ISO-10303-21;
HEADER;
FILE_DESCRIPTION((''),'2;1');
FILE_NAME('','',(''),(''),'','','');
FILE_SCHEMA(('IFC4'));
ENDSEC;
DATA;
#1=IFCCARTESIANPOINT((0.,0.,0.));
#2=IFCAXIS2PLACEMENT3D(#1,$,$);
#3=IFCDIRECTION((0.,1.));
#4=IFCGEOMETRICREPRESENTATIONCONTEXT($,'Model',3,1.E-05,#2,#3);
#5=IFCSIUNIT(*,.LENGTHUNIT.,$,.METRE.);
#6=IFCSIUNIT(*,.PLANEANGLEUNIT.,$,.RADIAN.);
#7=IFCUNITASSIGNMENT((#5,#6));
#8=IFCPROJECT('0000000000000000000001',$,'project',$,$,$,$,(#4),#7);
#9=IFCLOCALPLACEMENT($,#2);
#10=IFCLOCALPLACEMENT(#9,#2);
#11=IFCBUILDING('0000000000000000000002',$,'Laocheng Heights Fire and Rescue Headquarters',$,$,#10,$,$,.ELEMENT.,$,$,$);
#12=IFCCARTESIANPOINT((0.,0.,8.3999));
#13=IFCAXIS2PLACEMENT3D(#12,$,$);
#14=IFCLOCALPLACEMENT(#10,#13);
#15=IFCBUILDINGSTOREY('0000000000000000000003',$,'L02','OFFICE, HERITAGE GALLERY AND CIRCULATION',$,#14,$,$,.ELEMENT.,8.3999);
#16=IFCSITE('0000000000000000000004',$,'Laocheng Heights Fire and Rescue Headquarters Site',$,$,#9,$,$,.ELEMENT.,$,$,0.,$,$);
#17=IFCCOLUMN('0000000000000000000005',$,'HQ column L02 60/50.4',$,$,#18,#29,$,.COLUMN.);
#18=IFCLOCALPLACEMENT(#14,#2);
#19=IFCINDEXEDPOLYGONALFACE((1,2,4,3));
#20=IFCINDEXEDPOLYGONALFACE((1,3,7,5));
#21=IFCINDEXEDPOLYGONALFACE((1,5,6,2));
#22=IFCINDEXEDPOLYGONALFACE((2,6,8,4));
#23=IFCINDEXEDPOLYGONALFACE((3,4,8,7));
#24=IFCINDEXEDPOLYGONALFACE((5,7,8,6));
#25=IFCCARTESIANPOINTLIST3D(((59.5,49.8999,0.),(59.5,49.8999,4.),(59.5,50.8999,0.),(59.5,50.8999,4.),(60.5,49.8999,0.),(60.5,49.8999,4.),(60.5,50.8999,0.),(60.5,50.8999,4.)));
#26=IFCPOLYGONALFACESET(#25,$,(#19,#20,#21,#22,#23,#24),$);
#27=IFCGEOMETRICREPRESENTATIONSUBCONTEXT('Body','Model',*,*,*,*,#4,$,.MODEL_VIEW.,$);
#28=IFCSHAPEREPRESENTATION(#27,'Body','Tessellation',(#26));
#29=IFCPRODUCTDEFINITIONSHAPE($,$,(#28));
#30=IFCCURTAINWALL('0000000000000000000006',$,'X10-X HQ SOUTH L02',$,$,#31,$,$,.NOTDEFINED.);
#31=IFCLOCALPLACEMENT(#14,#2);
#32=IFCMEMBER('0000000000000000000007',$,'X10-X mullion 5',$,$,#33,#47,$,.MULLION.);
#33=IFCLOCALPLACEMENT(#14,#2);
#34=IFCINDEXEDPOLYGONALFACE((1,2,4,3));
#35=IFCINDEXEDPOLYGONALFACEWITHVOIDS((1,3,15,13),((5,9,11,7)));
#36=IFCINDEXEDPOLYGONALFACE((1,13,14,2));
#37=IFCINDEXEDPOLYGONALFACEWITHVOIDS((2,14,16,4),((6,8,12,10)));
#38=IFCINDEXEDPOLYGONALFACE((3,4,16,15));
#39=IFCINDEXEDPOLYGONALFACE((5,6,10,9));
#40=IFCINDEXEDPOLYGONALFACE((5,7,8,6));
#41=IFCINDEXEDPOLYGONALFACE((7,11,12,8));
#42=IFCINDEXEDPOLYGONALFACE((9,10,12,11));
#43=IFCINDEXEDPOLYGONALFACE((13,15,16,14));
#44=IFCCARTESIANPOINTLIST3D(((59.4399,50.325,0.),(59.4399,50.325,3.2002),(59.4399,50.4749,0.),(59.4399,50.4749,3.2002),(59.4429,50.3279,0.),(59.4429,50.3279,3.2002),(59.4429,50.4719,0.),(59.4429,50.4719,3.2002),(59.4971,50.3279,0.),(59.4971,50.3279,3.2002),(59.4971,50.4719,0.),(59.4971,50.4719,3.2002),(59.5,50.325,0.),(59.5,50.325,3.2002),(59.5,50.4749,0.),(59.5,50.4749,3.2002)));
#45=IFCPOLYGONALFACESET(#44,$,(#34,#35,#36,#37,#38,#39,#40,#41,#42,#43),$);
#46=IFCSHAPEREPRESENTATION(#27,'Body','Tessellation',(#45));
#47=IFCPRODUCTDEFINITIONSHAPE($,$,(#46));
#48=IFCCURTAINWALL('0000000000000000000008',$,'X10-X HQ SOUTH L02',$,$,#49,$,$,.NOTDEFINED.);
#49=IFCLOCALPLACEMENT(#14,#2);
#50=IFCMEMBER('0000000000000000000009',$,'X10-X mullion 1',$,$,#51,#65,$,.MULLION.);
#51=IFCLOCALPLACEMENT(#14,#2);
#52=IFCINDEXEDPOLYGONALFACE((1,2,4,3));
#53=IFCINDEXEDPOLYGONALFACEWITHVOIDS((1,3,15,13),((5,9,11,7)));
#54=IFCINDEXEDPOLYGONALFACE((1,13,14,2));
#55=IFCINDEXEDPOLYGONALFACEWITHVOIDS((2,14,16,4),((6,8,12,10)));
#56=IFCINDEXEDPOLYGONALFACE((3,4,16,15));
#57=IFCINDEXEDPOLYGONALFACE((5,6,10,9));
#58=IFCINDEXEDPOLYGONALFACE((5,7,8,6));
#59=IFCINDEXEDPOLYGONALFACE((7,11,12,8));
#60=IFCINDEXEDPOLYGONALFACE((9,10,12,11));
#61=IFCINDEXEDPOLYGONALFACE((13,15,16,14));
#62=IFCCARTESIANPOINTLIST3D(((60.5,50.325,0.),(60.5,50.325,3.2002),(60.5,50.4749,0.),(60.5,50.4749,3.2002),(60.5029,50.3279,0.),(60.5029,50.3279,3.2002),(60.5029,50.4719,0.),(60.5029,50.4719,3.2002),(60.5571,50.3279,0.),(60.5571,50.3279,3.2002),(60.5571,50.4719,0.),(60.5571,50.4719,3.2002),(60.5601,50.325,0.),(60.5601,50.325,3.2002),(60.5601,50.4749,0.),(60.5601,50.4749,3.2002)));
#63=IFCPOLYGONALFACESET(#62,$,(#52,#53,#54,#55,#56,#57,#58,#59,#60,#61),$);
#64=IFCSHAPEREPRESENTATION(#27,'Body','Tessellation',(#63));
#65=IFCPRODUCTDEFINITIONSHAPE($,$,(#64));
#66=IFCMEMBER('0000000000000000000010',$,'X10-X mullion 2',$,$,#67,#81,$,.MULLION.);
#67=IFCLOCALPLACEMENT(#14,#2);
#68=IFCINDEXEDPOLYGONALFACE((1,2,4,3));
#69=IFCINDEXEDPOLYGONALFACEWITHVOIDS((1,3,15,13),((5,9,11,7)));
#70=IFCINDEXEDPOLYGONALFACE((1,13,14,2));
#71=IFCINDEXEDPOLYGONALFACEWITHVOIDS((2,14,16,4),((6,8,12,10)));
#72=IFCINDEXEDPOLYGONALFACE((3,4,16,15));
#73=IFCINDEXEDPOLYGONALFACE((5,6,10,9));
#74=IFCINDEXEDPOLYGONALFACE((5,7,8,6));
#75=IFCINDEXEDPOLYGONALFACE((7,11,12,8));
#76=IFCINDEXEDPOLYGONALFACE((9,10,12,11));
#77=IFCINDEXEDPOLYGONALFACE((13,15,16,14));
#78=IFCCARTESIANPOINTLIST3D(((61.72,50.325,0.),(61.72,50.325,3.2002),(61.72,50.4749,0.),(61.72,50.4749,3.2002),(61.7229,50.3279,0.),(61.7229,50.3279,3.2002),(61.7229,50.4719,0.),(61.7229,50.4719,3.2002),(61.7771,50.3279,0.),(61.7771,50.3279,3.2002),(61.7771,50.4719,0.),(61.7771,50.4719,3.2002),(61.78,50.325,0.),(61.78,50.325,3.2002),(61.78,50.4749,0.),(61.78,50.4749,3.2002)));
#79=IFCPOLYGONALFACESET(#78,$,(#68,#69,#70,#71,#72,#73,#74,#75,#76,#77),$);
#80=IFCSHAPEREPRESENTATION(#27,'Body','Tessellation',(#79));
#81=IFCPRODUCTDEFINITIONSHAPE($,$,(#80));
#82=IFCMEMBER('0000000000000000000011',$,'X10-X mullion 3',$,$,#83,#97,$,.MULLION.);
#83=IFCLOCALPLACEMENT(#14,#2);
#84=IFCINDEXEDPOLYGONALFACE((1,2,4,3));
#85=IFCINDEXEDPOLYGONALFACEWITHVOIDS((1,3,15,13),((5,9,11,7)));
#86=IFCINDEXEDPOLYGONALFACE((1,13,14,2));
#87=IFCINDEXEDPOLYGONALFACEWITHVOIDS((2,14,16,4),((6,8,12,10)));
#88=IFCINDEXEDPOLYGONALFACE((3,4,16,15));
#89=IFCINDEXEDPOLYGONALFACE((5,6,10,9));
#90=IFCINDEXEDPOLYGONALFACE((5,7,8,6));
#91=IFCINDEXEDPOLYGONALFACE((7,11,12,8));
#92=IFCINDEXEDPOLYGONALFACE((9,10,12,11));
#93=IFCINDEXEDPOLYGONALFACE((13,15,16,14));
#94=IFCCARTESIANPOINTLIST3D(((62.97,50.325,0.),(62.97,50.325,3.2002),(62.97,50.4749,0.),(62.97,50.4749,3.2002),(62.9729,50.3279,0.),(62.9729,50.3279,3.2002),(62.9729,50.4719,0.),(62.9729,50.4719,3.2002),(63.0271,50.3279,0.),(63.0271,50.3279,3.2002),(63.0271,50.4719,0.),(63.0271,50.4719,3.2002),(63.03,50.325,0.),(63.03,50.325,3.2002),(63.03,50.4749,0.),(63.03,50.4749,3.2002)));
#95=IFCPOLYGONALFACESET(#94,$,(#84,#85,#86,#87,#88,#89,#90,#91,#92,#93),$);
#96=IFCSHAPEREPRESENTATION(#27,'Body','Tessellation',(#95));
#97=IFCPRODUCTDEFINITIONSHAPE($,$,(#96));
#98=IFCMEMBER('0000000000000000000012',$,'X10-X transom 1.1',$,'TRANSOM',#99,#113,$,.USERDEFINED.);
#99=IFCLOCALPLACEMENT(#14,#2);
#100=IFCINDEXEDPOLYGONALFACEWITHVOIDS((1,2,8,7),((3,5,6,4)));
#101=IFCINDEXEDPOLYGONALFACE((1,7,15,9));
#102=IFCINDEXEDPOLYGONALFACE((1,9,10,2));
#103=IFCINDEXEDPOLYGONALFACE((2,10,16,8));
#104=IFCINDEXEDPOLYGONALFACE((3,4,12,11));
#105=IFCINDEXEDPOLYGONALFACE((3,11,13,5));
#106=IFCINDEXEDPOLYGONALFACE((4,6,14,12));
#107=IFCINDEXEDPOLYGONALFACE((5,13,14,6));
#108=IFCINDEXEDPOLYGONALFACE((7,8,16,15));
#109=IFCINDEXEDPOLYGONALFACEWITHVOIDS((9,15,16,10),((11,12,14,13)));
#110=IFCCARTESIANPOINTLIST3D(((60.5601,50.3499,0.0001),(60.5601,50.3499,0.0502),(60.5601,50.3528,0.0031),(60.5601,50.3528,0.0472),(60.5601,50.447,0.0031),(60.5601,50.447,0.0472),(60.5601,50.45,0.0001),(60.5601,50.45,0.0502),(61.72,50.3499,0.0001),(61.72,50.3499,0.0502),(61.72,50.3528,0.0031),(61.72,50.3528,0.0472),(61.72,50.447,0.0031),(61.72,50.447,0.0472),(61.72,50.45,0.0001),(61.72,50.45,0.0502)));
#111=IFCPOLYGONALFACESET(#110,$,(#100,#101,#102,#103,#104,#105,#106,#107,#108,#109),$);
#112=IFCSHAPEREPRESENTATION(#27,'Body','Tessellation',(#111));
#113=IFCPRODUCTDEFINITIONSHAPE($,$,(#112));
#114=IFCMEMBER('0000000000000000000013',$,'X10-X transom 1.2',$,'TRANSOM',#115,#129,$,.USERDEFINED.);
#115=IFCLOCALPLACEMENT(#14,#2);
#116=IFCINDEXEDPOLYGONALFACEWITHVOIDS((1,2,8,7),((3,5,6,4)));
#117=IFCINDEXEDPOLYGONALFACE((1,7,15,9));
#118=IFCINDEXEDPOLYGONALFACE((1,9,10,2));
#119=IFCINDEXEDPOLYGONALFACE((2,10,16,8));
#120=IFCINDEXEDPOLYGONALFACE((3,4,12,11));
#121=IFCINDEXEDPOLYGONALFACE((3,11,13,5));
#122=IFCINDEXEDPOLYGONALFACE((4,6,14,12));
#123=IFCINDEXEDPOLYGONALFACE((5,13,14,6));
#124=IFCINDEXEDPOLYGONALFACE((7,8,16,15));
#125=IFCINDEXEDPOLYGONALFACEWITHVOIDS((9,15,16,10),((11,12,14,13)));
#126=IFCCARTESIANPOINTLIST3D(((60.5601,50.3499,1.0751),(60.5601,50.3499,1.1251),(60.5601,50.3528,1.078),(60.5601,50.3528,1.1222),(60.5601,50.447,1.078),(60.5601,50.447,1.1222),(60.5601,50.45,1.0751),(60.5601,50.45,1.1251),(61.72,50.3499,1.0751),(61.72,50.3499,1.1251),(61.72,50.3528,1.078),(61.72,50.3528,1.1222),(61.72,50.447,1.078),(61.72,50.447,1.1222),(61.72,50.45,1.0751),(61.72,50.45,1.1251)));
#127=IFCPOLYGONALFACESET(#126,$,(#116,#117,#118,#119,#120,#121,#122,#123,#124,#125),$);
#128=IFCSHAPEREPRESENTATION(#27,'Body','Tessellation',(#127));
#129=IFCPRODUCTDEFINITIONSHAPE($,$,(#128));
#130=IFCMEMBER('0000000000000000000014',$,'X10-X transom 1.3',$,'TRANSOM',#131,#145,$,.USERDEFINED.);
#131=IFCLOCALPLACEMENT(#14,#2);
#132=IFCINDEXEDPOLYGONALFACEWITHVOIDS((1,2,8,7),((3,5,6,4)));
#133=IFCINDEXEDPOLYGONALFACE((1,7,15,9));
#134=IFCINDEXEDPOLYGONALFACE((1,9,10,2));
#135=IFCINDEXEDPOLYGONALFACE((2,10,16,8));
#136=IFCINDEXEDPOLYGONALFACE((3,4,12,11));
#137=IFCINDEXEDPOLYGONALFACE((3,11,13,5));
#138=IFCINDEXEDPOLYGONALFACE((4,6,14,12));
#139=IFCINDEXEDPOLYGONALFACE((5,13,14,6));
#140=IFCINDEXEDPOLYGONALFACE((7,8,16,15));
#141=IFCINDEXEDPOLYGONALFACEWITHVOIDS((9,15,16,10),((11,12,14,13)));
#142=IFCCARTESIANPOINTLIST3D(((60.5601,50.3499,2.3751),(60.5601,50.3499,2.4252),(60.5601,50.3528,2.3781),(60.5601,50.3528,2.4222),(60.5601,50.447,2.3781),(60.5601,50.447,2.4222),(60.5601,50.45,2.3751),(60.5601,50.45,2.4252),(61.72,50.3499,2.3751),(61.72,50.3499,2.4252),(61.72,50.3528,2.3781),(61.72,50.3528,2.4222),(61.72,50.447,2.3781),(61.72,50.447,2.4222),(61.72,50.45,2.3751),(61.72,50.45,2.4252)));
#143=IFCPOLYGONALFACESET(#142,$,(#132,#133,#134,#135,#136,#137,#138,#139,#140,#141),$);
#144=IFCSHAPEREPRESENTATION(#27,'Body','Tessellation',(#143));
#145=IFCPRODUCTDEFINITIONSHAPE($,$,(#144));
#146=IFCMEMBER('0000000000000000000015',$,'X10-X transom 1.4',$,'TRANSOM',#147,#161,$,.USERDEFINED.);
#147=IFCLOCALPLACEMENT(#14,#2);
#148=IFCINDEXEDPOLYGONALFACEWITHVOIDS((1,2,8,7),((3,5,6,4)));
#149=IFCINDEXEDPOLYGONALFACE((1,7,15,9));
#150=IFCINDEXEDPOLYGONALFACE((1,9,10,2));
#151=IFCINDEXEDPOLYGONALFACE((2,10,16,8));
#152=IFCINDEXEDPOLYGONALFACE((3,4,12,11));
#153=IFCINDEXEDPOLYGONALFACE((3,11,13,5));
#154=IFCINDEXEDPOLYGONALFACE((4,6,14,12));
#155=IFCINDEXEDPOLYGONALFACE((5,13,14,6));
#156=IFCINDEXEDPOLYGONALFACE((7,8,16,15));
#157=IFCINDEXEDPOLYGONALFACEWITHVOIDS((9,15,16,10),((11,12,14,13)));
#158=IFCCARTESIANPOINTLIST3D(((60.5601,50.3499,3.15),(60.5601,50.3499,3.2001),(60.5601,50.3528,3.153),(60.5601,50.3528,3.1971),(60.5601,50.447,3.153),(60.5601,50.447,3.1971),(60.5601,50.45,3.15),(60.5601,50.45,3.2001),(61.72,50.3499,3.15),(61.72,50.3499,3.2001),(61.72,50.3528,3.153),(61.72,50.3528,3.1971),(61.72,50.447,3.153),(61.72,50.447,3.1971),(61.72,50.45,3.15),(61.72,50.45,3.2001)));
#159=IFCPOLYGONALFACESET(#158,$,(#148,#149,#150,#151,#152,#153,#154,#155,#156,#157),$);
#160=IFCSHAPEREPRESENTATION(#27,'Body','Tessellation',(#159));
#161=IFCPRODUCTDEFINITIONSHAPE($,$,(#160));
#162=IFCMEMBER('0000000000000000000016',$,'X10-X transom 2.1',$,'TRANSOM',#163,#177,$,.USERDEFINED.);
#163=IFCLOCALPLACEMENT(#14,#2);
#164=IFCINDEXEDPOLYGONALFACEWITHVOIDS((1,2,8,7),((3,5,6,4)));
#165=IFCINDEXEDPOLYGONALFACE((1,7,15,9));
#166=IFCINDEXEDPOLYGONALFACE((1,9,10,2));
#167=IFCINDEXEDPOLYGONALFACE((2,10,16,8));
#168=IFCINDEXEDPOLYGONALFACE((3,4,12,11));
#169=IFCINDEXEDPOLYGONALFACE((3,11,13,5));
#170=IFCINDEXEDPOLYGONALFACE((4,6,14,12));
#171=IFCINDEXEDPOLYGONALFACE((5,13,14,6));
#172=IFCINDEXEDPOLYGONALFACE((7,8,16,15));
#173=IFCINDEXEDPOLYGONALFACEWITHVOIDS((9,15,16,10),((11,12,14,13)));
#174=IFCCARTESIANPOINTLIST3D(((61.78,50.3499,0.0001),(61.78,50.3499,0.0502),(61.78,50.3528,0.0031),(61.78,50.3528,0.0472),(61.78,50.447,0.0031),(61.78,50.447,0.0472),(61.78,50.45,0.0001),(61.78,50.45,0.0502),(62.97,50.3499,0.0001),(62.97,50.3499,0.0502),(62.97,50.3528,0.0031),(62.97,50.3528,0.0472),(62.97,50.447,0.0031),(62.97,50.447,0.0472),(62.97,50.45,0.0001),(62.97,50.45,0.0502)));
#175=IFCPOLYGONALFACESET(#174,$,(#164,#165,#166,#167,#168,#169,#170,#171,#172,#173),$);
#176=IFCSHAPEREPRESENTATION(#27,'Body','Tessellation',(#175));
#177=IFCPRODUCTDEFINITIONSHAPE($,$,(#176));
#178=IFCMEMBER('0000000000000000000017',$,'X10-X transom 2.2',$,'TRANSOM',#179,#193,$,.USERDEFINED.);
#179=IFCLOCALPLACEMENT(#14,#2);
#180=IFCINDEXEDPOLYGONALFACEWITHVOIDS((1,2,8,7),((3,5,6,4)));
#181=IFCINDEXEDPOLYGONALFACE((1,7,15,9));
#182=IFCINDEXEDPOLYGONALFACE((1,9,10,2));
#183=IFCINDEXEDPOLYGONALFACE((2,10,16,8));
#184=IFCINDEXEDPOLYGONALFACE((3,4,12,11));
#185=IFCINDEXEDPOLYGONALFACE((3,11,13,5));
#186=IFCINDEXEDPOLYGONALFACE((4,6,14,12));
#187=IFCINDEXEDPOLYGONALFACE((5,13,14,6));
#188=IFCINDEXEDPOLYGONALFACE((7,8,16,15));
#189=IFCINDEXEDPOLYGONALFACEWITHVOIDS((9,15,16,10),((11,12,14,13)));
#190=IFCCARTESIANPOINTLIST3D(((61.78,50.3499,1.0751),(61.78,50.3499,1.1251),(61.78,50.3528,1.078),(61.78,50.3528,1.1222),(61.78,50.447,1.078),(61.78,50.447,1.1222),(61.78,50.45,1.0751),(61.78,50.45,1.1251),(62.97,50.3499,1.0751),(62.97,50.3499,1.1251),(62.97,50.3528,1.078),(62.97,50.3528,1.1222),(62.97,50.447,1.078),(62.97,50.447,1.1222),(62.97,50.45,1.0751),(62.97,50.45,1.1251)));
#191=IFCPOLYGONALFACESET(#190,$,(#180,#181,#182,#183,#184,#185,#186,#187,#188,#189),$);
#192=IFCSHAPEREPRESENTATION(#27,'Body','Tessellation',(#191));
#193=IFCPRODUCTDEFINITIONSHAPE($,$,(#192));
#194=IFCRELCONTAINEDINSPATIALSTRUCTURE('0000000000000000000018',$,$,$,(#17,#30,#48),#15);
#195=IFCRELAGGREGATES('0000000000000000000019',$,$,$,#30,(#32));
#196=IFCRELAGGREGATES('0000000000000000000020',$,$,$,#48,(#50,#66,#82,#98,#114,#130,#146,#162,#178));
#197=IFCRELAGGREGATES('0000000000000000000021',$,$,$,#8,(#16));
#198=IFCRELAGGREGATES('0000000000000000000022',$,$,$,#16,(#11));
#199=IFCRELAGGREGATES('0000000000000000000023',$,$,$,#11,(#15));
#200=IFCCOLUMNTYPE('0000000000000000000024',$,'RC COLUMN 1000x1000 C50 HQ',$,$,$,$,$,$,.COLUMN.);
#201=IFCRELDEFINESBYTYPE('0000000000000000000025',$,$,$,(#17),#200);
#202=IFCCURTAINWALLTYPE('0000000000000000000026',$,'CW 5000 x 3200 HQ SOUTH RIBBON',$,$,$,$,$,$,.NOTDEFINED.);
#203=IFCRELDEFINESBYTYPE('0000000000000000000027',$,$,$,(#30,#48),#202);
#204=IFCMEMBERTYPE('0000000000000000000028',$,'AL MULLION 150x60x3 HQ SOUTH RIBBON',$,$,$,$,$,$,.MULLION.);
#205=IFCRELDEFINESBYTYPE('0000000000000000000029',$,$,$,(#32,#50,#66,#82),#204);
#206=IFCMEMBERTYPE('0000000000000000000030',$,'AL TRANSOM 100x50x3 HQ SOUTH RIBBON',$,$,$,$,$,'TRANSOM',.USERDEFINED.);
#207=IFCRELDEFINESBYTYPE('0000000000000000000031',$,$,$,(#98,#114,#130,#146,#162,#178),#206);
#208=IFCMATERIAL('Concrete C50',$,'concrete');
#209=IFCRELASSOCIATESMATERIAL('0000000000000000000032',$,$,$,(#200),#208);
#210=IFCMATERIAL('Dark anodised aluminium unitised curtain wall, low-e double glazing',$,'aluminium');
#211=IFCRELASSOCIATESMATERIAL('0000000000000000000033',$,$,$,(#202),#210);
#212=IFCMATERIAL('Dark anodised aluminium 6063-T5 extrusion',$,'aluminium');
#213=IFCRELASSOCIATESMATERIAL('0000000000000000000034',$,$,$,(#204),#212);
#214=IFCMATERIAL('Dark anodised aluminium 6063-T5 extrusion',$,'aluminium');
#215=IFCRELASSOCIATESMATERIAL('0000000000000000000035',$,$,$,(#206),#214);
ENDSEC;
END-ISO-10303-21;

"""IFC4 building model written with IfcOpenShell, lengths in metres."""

from ifc_helpers import new_model, si_unit, direction, frame, origin, origin_2d, place, context, subcontext, project, spatial, rectangle, hollow_rectangle, extrude, material, material_profile, profile_set, type_object, element, aggregate, save


model = new_model("IFC4")

# Units and contexts
model_context = context("Model", 3, precision=1e-05, world=origin(), true_north=direction((0.0, 1.0)))
body_context = subcontext(model_context, "Body", "Model", "MODEL_VIEW")
ifc_project = project(units=[si_unit("LENGTHUNIT", "METRE"), si_unit("PLANEANGLEUNIT", "RADIAN")], contexts=[model_context])

# Site, building, storey
site_placement = place(None, origin())
site = spatial("IfcSite", under=ifc_project, at=site_placement, Name="Laocheng Heights Fire and Rescue Headquarters Site", CompositionType="ELEMENT", RefElevation=0.0)
building_placement = place(site_placement, origin())
building = spatial("IfcBuilding", under=site, at=building_placement, Name="Laocheng Heights Fire and Rescue Headquarters", CompositionType="ELEMENT")
storey_placement = place(building_placement, frame((0.0, 0.0, 8.3999)))
storey = spatial("IfcBuildingStorey", under=building, at=storey_placement, Name="L02", Description="OFFICE, HERITAGE GALLERY AND CIRCULATION", CompositionType="ELEMENT", Elevation=8.3999)

# Column
ifc_material_1 = material(Name="Concrete C50", Category="concrete")
ifc_material_profile_1 = material_profile(ifc_material_1, rectangle(XDim=1.0, YDim=1.0, at=origin_2d()), Name="RC COLUMN 1000x1000 C50 HQ")
ifc_profile_set_1 = profile_set([ifc_material_profile_1], Name="Concrete C50")
column_type = type_object("IfcColumnType", Name="RC COLUMN 1000x1000 C50 HQ", PredefinedType="COLUMN", material=ifc_profile_set_1)
column_placement = place(storey_placement, frame((60.0, 50.3999, 0.0), z_axis=(0.0, 0.0, 1.0), x_axis=(1.0, 0.0, 0.0)))
element("IfcColumn", 1, at=column_placement, inside=storey, type_object=column_type, Name="HQ column L02 60/50.4", PredefinedType="COLUMN", context=body_context, shape_type="SweptSolid", body=[
    extrude(rectangle(XDim=1.0, YDim=1.0, at=origin_2d()), origin(), (0.0, 0.0, 1.0), 4.0),
])

# Curtain wall, member
ifc_material_2 = material(Name="Dark anodised aluminium unitised curtain wall, low-e double glazing", Category="aluminium")
curtain_wall_type = type_object("IfcCurtainWallType", Name="CW 5000 x 3200 HQ SOUTH RIBBON", PredefinedType="NOTDEFINED", material=ifc_material_2)
curtain_wall_1_placement = place(storey_placement, origin())
curtain_wall_1 = element("IfcCurtainWall", 2, at=curtain_wall_1_placement, inside=storey, type_object=curtain_wall_type, Name="X10-X HQ SOUTH L02", PredefinedType="NOTDEFINED")
ifc_material_3 = material(Name="Dark anodised aluminium 6063-T5 extrusion", Category="aluminium")
ifc_material_profile_2 = material_profile(ifc_material_3, hollow_rectangle(XDim=0.1499, YDim=0.0601, WallThickness=0.0029, at=origin_2d()), Name="AL MULLION 150x60x3 HQ SOUTH RIBBON")
ifc_profile_set_2 = profile_set([ifc_material_profile_2], Name="Dark anodised aluminium 6063-T5 extrusion")
member_type_1 = type_object("IfcMemberType", Name="AL MULLION 150x60x3 HQ SOUTH RIBBON", PredefinedType="MULLION", material=ifc_profile_set_2)
member_1_placement = place(storey_placement, frame((59.47, 50.3999, 0.0), z_axis=(0.0, 0.0, 1.0), x_axis=(0.0, 1.0, 0.0)))
member_1 = element("IfcMember", 3, at=member_1_placement, type_object=member_type_1, Name="X10-X mullion 5", PredefinedType="MULLION", context=body_context, shape_type="SweptSolid", body=[
    extrude(hollow_rectangle(XDim=0.1499, YDim=0.0601, WallThickness=0.0029, at=origin_2d()), origin(), (0.0, 0.0, 1.0), 3.2002),
])

# Curtain wall, members
curtain_wall_2_placement = place(storey_placement, origin())
curtain_wall_2 = element("IfcCurtainWall", 4, at=curtain_wall_2_placement, inside=storey, type_object=curtain_wall_type, Name="X10-X HQ SOUTH L02", PredefinedType="NOTDEFINED")
member_2_placement = place(storey_placement, frame((60.53, 50.3999, 0.0), z_axis=(0.0, 0.0, 1.0), x_axis=(0.0, 1.0, 0.0)))
member_2 = element("IfcMember", 5, at=member_2_placement, type_object=member_type_1, Name="X10-X mullion 1", PredefinedType="MULLION", context=body_context, shape_type="SweptSolid", body=[
    extrude(hollow_rectangle(XDim=0.1499, YDim=0.0601, WallThickness=0.0029, at=origin_2d()), origin(), (0.0, 0.0, 1.0), 3.2002),
])
member_3_placement = place(storey_placement, frame((61.75, 50.3999, 0.0), z_axis=(0.0, 0.0, 1.0), x_axis=(0.0, 1.0, 0.0)))
member_3 = element("IfcMember", 6, at=member_3_placement, type_object=member_type_1, Name="X10-X mullion 2", PredefinedType="MULLION", context=body_context, shape_type="SweptSolid", body=[
    extrude(hollow_rectangle(XDim=0.1499, YDim=0.0601, WallThickness=0.0029, at=origin_2d()), origin(), (0.0, 0.0, 1.0), 3.2002),
])
member_4_placement = place(storey_placement, frame((63.0, 50.3999, 0.0), z_axis=(0.0, 0.0, 1.0), x_axis=(0.0, 1.0, 0.0)))
member_4 = element("IfcMember", 7, at=member_4_placement, type_object=member_type_1, Name="X10-X mullion 3", PredefinedType="MULLION", context=body_context, shape_type="SweptSolid", body=[
    extrude(hollow_rectangle(XDim=0.1499, YDim=0.0601, WallThickness=0.0029, at=origin_2d()), origin(), (0.0, 0.0, 1.0), 3.2002),
])
ifc_material_4 = material(Name="Dark anodised aluminium 6063-T5 extrusion", Category="aluminium")
ifc_material_profile_3 = material_profile(ifc_material_4, hollow_rectangle(XDim=0.1001, YDim=0.05, WallThickness=0.0029, at=origin_2d()), Name="AL TRANSOM 100x50x3 HQ SOUTH RIBBON")
ifc_profile_set_3 = profile_set([ifc_material_profile_3], Name="Dark anodised aluminium 6063-T5 extrusion")
member_type_2 = type_object("IfcMemberType", Name="AL TRANSOM 100x50x3 HQ SOUTH RIBBON", ElementType="TRANSOM", PredefinedType="USERDEFINED", material=ifc_profile_set_3)
member_5_placement = place(storey_placement, frame((60.5601, 50.3999, 0.0251), z_axis=(1.0, 0.0, 0.0), x_axis=(0.0, 1.0, 0.0)))
member_5 = element("IfcMember", 8, at=member_5_placement, type_object=member_type_2, Name="X10-X transom 1.1", ObjectType="TRANSOM", PredefinedType="USERDEFINED", context=body_context, shape_type="SweptSolid", body=[
    extrude(hollow_rectangle(XDim=0.1001, YDim=0.05, WallThickness=0.0029, at=origin_2d()), origin(), (0.0, 0.0, 1.0), 1.1599),
])
member_6_placement = place(storey_placement, frame((60.5601, 50.3999, 1.1001), z_axis=(1.0, 0.0, 0.0), x_axis=(0.0, 1.0, 0.0)))
member_6 = element("IfcMember", 9, at=member_6_placement, type_object=member_type_2, Name="X10-X transom 1.2", ObjectType="TRANSOM", PredefinedType="USERDEFINED", context=body_context, shape_type="SweptSolid", body=[
    extrude(hollow_rectangle(XDim=0.1001, YDim=0.05, WallThickness=0.0029, at=origin_2d()), origin(), (0.0, 0.0, 1.0), 1.1599),
])
member_7_placement = place(storey_placement, frame((60.5601, 50.3999, 2.4001), z_axis=(1.0, 0.0, 0.0), x_axis=(0.0, 1.0, 0.0)))
member_7 = element("IfcMember", 10, at=member_7_placement, type_object=member_type_2, Name="X10-X transom 1.3", ObjectType="TRANSOM", PredefinedType="USERDEFINED", context=body_context, shape_type="SweptSolid", body=[
    extrude(hollow_rectangle(XDim=0.1001, YDim=0.05, WallThickness=0.0029, at=origin_2d()), origin(), (0.0, 0.0, 1.0), 1.1599),
])
member_8_placement = place(storey_placement, frame((60.5601, 50.3999, 3.175), z_axis=(1.0, 0.0, 0.0), x_axis=(0.0, 1.0, 0.0)))
member_8 = element("IfcMember", 11, at=member_8_placement, type_object=member_type_2, Name="X10-X transom 1.4", ObjectType="TRANSOM", PredefinedType="USERDEFINED", context=body_context, shape_type="SweptSolid", body=[
    extrude(hollow_rectangle(XDim=0.1001, YDim=0.05, WallThickness=0.0029, at=origin_2d()), origin(), (0.0, 0.0, 1.0), 1.1599),
])
member_9_placement = place(storey_placement, frame((61.78, 50.3999, 0.0251), z_axis=(1.0, 0.0, 0.0), x_axis=(0.0, 1.0, 0.0)))
member_9 = element("IfcMember", 12, at=member_9_placement, type_object=member_type_2, Name="X10-X transom 2.1", ObjectType="TRANSOM", PredefinedType="USERDEFINED", context=body_context, shape_type="SweptSolid", body=[
    extrude(hollow_rectangle(XDim=0.1001, YDim=0.05, WallThickness=0.0029, at=origin_2d()), origin(), (0.0, 0.0, 1.0), 1.1899),
])
member_10_placement = place(storey_placement, frame((61.78, 50.3999, 1.1001), z_axis=(1.0, 0.0, 0.0), x_axis=(0.0, 1.0, 0.0)))
member_10 = element("IfcMember", 13, at=member_10_placement, type_object=member_type_2, Name="X10-X transom 2.2", ObjectType="TRANSOM", PredefinedType="USERDEFINED", context=body_context, shape_type="SweptSolid", body=[
    extrude(hollow_rectangle(XDim=0.1001, YDim=0.05, WallThickness=0.0029, at=origin_2d()), origin(), (0.0, 0.0, 1.0), 1.1899),
])

aggregate(curtain_wall_1, [member_1])
aggregate(curtain_wall_2, [member_2, member_3, member_4, member_5, member_6, member_7, member_8, member_9, member_10])

save(model, "model.ifc")
